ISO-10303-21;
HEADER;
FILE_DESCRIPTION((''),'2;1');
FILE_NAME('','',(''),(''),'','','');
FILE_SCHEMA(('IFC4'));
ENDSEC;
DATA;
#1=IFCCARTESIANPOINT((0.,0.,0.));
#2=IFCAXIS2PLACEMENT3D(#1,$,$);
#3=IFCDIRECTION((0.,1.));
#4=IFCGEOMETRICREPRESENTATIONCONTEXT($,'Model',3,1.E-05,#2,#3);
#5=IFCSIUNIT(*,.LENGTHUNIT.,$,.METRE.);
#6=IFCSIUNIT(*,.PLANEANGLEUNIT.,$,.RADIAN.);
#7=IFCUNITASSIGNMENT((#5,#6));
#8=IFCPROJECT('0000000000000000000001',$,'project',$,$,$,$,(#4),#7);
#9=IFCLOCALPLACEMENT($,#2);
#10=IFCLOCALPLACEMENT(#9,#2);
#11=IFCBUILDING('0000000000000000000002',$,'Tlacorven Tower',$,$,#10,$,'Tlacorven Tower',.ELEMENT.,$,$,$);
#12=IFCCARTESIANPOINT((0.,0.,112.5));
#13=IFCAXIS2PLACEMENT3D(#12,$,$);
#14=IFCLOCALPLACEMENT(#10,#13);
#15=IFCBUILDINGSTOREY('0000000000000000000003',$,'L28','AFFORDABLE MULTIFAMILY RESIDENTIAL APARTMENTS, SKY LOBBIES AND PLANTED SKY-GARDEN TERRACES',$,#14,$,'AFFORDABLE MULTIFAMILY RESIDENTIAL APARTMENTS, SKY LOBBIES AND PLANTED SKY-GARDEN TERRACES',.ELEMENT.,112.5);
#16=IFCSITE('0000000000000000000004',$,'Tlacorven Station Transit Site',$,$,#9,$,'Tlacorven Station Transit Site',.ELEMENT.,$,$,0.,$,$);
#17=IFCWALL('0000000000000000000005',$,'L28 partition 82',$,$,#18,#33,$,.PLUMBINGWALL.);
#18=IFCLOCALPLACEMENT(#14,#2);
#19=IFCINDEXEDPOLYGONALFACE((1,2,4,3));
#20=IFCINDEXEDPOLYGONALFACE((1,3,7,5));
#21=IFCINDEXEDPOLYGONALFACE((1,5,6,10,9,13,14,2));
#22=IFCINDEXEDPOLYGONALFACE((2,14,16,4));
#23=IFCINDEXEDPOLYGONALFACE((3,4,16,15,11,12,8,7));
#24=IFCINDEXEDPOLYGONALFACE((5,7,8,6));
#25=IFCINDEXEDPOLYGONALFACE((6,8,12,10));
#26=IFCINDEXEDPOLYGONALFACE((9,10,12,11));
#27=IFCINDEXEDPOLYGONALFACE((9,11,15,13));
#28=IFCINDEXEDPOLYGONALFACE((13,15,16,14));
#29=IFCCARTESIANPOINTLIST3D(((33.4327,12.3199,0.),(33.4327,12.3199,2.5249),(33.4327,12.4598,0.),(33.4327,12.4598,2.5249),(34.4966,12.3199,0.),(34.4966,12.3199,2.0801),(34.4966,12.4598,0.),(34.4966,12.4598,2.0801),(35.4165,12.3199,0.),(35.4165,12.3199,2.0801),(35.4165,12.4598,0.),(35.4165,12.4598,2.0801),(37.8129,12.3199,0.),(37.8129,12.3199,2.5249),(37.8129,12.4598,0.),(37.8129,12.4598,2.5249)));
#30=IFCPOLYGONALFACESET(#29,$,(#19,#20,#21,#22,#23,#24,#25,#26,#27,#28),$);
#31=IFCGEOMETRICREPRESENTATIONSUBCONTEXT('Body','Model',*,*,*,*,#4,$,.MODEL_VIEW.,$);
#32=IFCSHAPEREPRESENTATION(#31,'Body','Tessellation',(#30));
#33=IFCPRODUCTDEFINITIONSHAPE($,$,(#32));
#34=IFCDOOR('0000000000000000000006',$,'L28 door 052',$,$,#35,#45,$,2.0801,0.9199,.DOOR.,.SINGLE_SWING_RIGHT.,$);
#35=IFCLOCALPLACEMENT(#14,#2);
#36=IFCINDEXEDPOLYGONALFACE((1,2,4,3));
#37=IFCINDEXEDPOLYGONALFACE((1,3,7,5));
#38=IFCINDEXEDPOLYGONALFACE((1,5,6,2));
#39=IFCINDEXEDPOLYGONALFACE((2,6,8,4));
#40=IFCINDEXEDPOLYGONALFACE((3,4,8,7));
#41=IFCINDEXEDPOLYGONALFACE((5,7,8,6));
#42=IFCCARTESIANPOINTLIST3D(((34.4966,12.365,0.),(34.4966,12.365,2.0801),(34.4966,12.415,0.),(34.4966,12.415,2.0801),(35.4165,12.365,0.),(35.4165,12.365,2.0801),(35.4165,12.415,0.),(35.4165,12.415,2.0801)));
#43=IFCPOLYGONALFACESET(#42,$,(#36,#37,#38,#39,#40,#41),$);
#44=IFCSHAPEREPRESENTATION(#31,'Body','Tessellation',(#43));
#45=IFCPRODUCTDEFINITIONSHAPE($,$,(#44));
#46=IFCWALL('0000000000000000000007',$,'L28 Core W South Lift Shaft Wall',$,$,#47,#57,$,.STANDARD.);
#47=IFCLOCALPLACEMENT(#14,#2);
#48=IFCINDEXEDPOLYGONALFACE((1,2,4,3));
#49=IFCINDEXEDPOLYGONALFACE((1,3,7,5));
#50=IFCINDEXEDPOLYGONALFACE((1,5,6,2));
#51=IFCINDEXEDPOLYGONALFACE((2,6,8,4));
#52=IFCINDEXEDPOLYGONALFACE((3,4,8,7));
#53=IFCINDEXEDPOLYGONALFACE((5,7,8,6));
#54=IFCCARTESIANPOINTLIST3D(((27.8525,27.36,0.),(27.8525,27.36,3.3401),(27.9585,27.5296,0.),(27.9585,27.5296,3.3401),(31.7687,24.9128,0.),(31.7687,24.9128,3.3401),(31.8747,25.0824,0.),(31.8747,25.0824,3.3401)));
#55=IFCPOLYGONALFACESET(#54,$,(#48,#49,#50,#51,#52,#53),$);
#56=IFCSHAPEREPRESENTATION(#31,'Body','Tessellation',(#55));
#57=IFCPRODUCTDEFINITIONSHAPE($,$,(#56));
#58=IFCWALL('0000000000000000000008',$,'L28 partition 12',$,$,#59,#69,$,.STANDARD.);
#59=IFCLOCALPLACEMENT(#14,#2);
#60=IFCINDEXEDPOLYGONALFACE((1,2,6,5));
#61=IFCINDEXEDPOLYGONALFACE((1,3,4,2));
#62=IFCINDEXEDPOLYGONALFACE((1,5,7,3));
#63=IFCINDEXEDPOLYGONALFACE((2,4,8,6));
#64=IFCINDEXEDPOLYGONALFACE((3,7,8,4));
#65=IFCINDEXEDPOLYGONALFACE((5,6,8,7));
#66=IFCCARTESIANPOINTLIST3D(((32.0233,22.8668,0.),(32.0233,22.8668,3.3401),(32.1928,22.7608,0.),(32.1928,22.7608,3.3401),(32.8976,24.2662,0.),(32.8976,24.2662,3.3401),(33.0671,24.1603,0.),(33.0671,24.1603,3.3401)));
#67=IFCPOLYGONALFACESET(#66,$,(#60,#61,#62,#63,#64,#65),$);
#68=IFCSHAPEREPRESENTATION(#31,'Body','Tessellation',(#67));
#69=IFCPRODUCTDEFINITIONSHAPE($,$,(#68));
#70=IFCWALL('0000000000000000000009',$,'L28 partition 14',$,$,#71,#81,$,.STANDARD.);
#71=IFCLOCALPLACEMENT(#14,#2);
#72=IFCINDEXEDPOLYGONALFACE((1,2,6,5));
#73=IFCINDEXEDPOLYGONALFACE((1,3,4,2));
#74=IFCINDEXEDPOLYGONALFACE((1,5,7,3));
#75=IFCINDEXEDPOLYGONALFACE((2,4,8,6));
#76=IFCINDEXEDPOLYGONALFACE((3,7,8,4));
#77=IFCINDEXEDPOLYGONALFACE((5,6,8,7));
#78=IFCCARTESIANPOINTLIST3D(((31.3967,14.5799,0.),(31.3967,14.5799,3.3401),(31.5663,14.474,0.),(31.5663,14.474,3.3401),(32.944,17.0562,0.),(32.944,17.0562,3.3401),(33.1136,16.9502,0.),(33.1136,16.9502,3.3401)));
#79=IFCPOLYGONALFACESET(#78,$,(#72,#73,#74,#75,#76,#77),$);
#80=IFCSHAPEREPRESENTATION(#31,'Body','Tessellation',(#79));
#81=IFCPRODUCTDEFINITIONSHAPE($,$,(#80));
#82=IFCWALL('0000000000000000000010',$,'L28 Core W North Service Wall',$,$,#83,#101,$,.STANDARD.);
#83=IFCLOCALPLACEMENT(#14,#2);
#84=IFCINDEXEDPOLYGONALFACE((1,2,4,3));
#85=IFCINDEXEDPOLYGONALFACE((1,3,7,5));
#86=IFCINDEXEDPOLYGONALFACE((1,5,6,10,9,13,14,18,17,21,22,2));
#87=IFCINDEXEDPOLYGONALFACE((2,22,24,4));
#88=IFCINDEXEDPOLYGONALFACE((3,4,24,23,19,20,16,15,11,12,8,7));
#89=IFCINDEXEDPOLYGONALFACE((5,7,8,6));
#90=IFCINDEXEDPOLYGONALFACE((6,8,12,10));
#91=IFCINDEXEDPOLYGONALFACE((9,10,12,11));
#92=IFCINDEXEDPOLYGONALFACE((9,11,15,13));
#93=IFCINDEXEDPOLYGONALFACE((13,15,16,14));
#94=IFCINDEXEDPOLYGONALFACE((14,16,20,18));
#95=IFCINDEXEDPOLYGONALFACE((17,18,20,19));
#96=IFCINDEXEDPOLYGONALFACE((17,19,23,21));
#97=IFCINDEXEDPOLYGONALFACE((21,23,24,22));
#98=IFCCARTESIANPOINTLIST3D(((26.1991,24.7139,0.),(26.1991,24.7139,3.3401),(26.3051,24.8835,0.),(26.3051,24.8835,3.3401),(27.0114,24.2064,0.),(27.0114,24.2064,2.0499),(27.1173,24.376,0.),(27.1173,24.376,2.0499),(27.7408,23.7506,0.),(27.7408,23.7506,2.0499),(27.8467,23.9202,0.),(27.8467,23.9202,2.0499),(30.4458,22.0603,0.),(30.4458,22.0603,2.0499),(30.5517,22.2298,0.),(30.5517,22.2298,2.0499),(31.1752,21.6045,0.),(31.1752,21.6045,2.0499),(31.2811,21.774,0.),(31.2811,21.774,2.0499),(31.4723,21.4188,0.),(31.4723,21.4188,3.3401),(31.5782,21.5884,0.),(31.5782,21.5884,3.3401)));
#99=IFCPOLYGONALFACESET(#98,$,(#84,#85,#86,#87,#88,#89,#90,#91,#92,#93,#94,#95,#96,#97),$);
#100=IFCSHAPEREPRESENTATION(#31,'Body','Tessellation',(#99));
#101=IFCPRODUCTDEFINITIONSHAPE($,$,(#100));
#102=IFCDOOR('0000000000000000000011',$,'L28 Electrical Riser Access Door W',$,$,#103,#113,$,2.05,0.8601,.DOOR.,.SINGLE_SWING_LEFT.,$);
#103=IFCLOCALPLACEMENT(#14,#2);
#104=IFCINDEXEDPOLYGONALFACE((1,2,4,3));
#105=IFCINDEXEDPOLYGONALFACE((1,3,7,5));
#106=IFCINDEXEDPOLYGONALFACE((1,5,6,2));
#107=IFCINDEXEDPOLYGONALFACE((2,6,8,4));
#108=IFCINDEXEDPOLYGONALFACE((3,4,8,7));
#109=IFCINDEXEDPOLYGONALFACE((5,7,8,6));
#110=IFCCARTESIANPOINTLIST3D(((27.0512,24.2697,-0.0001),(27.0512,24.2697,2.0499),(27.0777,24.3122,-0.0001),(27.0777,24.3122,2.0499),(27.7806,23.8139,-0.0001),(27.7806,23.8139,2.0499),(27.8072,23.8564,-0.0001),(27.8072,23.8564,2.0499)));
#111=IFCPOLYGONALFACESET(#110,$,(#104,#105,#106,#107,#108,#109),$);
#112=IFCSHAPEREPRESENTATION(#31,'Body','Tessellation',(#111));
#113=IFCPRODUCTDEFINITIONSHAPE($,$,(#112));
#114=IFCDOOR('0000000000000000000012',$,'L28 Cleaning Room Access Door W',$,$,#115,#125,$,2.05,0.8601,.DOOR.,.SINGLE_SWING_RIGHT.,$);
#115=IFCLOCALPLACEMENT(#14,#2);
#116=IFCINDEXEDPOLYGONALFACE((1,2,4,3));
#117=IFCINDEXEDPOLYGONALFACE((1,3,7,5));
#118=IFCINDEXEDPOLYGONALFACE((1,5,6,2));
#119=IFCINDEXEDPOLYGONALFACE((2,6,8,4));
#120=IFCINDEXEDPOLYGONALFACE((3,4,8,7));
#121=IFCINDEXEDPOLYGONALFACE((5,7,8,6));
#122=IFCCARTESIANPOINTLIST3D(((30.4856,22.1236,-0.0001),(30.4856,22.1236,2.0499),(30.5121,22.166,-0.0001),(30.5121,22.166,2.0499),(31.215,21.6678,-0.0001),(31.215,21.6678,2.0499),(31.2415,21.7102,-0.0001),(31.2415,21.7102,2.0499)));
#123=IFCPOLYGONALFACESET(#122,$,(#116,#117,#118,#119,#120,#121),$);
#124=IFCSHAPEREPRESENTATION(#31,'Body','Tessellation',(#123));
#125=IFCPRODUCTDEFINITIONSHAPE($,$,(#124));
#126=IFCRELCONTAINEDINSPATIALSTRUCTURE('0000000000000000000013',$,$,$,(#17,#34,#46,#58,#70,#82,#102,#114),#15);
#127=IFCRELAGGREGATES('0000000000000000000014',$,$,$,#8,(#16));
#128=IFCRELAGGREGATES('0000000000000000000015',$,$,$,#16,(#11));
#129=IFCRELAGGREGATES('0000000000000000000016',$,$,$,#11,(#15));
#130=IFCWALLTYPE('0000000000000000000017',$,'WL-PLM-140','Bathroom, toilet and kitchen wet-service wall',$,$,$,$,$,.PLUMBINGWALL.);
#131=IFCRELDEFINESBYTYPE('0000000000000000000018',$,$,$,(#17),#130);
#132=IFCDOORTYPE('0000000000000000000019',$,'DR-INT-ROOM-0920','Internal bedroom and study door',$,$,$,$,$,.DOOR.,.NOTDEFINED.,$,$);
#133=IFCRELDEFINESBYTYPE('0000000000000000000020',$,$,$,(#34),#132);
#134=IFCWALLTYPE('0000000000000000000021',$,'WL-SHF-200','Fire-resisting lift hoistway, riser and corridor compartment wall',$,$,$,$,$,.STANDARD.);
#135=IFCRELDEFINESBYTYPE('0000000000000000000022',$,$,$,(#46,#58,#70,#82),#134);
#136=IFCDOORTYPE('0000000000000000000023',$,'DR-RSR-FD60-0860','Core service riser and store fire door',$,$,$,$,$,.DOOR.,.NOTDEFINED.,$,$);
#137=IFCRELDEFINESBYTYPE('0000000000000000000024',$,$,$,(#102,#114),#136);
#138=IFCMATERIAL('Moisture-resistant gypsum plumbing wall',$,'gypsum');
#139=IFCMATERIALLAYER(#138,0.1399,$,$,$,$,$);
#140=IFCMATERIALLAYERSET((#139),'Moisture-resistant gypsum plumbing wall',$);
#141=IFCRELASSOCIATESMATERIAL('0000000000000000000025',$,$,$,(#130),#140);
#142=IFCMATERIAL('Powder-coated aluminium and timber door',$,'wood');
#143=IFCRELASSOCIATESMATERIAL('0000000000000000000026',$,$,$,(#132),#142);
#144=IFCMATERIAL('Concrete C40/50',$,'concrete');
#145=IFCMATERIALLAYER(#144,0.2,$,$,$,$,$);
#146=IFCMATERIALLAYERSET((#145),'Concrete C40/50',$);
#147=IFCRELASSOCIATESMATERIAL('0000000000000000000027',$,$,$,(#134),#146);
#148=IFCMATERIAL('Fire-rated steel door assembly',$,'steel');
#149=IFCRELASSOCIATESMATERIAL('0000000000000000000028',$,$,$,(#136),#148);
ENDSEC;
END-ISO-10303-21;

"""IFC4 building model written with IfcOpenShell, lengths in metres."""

from ifc_helpers import new_model, si_unit, direction, frame, frame_2d, origin, place, context, subcontext, project, spatial, rectangle, extrude, source, transform, mapped, material, layer, layer_set, type_object, element, fill, save


model = new_model("IFC4")

# Units and contexts
model_context = context("Model", 3, precision=1e-05, world=origin(), true_north=direction((0.0, 1.0)))
body_context = subcontext(model_context, "Body", "Model", "MODEL_VIEW")
ifc_project = project(units=[si_unit("LENGTHUNIT", "METRE"), si_unit("PLANEANGLEUNIT", "RADIAN")], contexts=[model_context])

# Site, building, storey
site_placement = place(None, origin())
site = spatial("IfcSite", under=ifc_project, at=site_placement, Name="Tlacorven Station Transit Site", LongName="Tlacorven Station Transit Site", CompositionType="ELEMENT", RefElevation=0.0)
building_placement = place(site_placement, origin())
building = spatial("IfcBuilding", under=site, at=building_placement, Name="Tlacorven Tower", LongName="Tlacorven Tower", CompositionType="ELEMENT")
storey_placement = place(building_placement, frame((0.0, 0.0, 112.5)))
storey = spatial("IfcBuildingStorey", under=building, at=storey_placement, Name="L28", Description="AFFORDABLE MULTIFAMILY RESIDENTIAL APARTMENTS, SKY LOBBIES AND PLANTED SKY-GARDEN TERRACES", LongName="AFFORDABLE MULTIFAMILY RESIDENTIAL APARTMENTS, SKY LOBBIES AND PLANTED SKY-GARDEN TERRACES", CompositionType="ELEMENT", Elevation=112.5)

# Shared definitions
ifc_material_1 = material(Name="Powder-coated aluminium and timber door", Category="wood")

# Shared definitions
ifc_material_2 = material(Name="Moisture-resistant gypsum plumbing wall", Category="gypsum")
ifc_layer_1 = layer(ifc_material_2, 0.1399)
ifc_layer_set_1 = layer_set([ifc_layer_1], Name="Moisture-resistant gypsum plumbing wall")
wall_type_1 = type_object("IfcWallType", Name="WL-PLM-140", Description="Bathroom, toilet and kitchen wet-service wall", PredefinedType="PLUMBINGWALL", material=ifc_layer_set_1)

# Wall, opening, door
wall_1_placement = place(storey_placement, frame((33.4329, 12.3899, 0.0), z_axis=(0.0, 0.0, 1.0), x_axis=(1.0, 0.0, 0.0)))
wall_1 = element("IfcWall", 1, at=wall_1_placement, inside=storey, type_object=wall_type_1, Name="L28 partition 82", PredefinedType="PLUMBINGWALL", context=body_context, shape_type="SweptSolid", body=[
    extrude(rectangle(XDim=4.3801, YDim=0.1399, at=frame_2d((2.1899, 0.0))), origin(), (0.0, 0.0, 1.0), 2.5249),
])
opening_1_placement = place(wall_1_placement, frame((1.0637, 0.0, 0.0)))
opening_1 = element("IfcOpeningElement", 2, at=opening_1_placement, cuts=wall_1, PredefinedType="OPENING", context=body_context, shape_type="SweptSolid", body=[
    extrude(rectangle(XDim=0.9199, YDim=2.0801, at=frame_2d((0.46, 1.04))), frame((0.0, 0.0801, 0.0), z_axis=(0.0, -1.0, 0.0), x_axis=(1.0, 0.0, 0.0)), (0.0, 0.0, 1.0), 0.1599),
])
door_type_1 = type_object("IfcDoorType", Name="DR-INT-ROOM-0920", Description="Internal bedroom and study door", OperationType="NOTDEFINED", PredefinedType="DOOR", material=ifc_material_1)
shared_shape_1 = source(origin(), body_context, "Body", "SweptSolid", [
    extrude(rectangle(XDim=0.9199, YDim=2.0801, at=frame_2d((0.46, 1.04))), frame((0.0, 0.0249, 0.0), z_axis=(0.0, -1.0, 0.0), x_axis=(1.0, 0.0, 0.0)), (0.0, 0.0, 1.0), 0.05),
])
door_1_placement = place(opening_1_placement, frame((0.9199, 0.0, 0.0), z_axis=(0.0, 0.0, 1.0), x_axis=(-1.0, 0.0, 0.0)))
door_1 = element("IfcDoor", 3, at=door_1_placement, inside=storey, type_object=door_type_1, Name="L28 door 052", OperationType="SINGLE_SWING_RIGHT", OverallHeight=2.0801, OverallWidth=0.9199, PredefinedType="DOOR", context=body_context, shape_type="MappedRepresentation", body=[
    mapped(shared_shape_1, transform((0.0, 0.0, 0.0), scale=1.0)),
])
fill(opening_1, door_1)

# Wall
ifc_material_3 = material(Name="Concrete C40/50", Category="concrete")
ifc_layer_2 = layer(ifc_material_3, 0.2)
ifc_layer_set_2 = layer_set([ifc_layer_2], Name="Concrete C40/50")
wall_type_2 = type_object("IfcWallType", Name="WL-SHF-200", Description="Fire-resisting lift hoistway, riser and corridor compartment wall", PredefinedType="STANDARD", material=ifc_layer_set_2)
wall_2_placement = place(storey_placement, frame((31.8218, 24.9976, 0.0), z_axis=(0.0, 0.0, 1.0), x_axis=(-0.848037, 0.529937, 0.0)))
element("IfcWall", 4, at=wall_2_placement, inside=storey, type_object=wall_type_2, Name="L28 Core W South Lift Shaft Wall", PredefinedType="STANDARD", context=body_context, shape_type="SweptSolid", body=[
    extrude(rectangle(XDim=4.6179, YDim=0.2, at=frame_2d((2.3091, 0.0))), origin(), (0.0, 0.0, 1.0), 3.3401),
])

# Shared definitions
ifc_material_4 = material(Name="Fire-rated steel door assembly", Category="steel")

# Walls
wall_3_placement = place(storey_placement, frame((32.9824, 24.2134, 0.0), z_axis=(0.0, 0.0, 1.0), x_axis=(-0.529839, -0.848098, 0.0)))
element("IfcWall", 5, at=wall_3_placement, inside=storey, type_object=wall_type_2, Name="L28 partition 12", PredefinedType="STANDARD", context=body_context, shape_type="SweptSolid", body=[
    extrude(rectangle(XDim=1.6501, YDim=0.2, at=frame_2d((0.8252, 0.0))), origin(), (0.0, 0.0, 1.0), 3.3401),
])
wall_4_placement = place(storey_placement, frame((33.0288, 17.0032, 0.0), z_axis=(0.0, 0.0, 1.0), x_axis=(-0.529916, -0.84805, 0.0)))
element("IfcWall", 6, at=wall_4_placement, inside=storey, type_object=wall_type_2, Name="L28 partition 14", PredefinedType="STANDARD", context=body_context, shape_type="SweptSolid", body=[
    extrude(rectangle(XDim=2.9199, YDim=0.2, at=frame_2d((1.46, 0.0))), origin(), (0.0, 0.0, 1.0), 3.3401),
])

# Wall, openings, doors
wall_5_placement = place(storey_placement, frame((31.5251, 21.5037, 0.0), z_axis=(0.0, 0.0, 1.0), x_axis=(-0.84804, 0.529932, 0.0)))
wall_5 = element("IfcWall", 7, at=wall_5_placement, inside=storey, type_object=wall_type_2, Name="L28 Core W North Service Wall", PredefinedType="STANDARD", context=body_context, shape_type="SweptSolid", body=[
    extrude(rectangle(XDim=6.218, YDim=0.2, at=frame_2d((3.1089, 0.0))), origin(), (0.0, 0.0, 1.0), 3.3401),
])
opening_2_placement = place(wall_5_placement, frame((4.3999, 0.0, 0.0)))
opening_2 = element("IfcOpeningElement", 8, at=opening_2_placement, cuts=wall_5, PredefinedType="OPENING", context=body_context, shape_type="SweptSolid", body=[
    extrude(rectangle(XDim=0.8601, YDim=2.05, at=frame_2d((0.4302, 1.0249))), frame((0.0, 0.1099, 0.0), z_axis=(0.0, -1.0, 0.0), x_axis=(1.0, 0.0, 0.0)), (0.0, 0.0, 1.0), 0.22),
])
opening_3_placement = place(wall_5_placement, frame((0.3501, 0.0, 0.0)))
opening_3 = element("IfcOpeningElement", 9, at=opening_3_placement, cuts=wall_5, PredefinedType="OPENING", context=body_context, shape_type="SweptSolid", body=[
    extrude(rectangle(XDim=0.8601, YDim=2.05, at=frame_2d((0.4302, 1.0249))), frame((0.0, 0.1099, 0.0), z_axis=(0.0, -1.0, 0.0), x_axis=(1.0, 0.0, 0.0)), (0.0, 0.0, 1.0), 0.22),
])
door_type_2 = type_object("IfcDoorType", Name="DR-RSR-FD60-0860", Description="Core service riser and store fire door", OperationType="NOTDEFINED", PredefinedType="DOOR", material=ifc_material_4)
shared_shape_2 = source(origin(), body_context, "Body", "SweptSolid", [
    extrude(rectangle(XDim=0.8601, YDim=2.05, at=frame_2d((0.4302, 1.0249))), frame((0.0, 0.0249, 0.0), z_axis=(0.0, -1.0, 0.0), x_axis=(1.0, 0.0, 0.0)), (0.0, 0.0, 1.0), 0.05),
])
door_2_placement = place(opening_2_placement, frame((0.8601, 0.0, 0.0), z_axis=(0.0, 0.0, 1.0), x_axis=(-1.0, 0.0, 0.0)))
door_2 = element("IfcDoor", 10, at=door_2_placement, inside=storey, type_object=door_type_2, Name="L28 Electrical Riser Access Door W", OperationType="SINGLE_SWING_LEFT", OverallHeight=2.05, OverallWidth=0.8601, PredefinedType="DOOR", context=body_context, shape_type="MappedRepresentation", body=[
    mapped(shared_shape_2, transform((0.0, 0.0, 0.0), scale=1.0)),
])
fill(opening_2, door_2)
door_3_placement = place(opening_3_placement, frame((0.8601, 0.0, 0.0), z_axis=(0.0, 0.0, 1.0), x_axis=(-1.0, 0.0, 0.0)))
door_3 = element("IfcDoor", 11, at=door_3_placement, inside=storey, type_object=door_type_2, Name="L28 Cleaning Room Access Door W", OperationType="SINGLE_SWING_RIGHT", OverallHeight=2.05, OverallWidth=0.8601, PredefinedType="DOOR", context=body_context, shape_type="MappedRepresentation", body=[
    mapped(shared_shape_2, transform((0.0, 0.0, 0.0), scale=1.0)),
])
fill(opening_3, door_3)

save(model, "model.ifc")
